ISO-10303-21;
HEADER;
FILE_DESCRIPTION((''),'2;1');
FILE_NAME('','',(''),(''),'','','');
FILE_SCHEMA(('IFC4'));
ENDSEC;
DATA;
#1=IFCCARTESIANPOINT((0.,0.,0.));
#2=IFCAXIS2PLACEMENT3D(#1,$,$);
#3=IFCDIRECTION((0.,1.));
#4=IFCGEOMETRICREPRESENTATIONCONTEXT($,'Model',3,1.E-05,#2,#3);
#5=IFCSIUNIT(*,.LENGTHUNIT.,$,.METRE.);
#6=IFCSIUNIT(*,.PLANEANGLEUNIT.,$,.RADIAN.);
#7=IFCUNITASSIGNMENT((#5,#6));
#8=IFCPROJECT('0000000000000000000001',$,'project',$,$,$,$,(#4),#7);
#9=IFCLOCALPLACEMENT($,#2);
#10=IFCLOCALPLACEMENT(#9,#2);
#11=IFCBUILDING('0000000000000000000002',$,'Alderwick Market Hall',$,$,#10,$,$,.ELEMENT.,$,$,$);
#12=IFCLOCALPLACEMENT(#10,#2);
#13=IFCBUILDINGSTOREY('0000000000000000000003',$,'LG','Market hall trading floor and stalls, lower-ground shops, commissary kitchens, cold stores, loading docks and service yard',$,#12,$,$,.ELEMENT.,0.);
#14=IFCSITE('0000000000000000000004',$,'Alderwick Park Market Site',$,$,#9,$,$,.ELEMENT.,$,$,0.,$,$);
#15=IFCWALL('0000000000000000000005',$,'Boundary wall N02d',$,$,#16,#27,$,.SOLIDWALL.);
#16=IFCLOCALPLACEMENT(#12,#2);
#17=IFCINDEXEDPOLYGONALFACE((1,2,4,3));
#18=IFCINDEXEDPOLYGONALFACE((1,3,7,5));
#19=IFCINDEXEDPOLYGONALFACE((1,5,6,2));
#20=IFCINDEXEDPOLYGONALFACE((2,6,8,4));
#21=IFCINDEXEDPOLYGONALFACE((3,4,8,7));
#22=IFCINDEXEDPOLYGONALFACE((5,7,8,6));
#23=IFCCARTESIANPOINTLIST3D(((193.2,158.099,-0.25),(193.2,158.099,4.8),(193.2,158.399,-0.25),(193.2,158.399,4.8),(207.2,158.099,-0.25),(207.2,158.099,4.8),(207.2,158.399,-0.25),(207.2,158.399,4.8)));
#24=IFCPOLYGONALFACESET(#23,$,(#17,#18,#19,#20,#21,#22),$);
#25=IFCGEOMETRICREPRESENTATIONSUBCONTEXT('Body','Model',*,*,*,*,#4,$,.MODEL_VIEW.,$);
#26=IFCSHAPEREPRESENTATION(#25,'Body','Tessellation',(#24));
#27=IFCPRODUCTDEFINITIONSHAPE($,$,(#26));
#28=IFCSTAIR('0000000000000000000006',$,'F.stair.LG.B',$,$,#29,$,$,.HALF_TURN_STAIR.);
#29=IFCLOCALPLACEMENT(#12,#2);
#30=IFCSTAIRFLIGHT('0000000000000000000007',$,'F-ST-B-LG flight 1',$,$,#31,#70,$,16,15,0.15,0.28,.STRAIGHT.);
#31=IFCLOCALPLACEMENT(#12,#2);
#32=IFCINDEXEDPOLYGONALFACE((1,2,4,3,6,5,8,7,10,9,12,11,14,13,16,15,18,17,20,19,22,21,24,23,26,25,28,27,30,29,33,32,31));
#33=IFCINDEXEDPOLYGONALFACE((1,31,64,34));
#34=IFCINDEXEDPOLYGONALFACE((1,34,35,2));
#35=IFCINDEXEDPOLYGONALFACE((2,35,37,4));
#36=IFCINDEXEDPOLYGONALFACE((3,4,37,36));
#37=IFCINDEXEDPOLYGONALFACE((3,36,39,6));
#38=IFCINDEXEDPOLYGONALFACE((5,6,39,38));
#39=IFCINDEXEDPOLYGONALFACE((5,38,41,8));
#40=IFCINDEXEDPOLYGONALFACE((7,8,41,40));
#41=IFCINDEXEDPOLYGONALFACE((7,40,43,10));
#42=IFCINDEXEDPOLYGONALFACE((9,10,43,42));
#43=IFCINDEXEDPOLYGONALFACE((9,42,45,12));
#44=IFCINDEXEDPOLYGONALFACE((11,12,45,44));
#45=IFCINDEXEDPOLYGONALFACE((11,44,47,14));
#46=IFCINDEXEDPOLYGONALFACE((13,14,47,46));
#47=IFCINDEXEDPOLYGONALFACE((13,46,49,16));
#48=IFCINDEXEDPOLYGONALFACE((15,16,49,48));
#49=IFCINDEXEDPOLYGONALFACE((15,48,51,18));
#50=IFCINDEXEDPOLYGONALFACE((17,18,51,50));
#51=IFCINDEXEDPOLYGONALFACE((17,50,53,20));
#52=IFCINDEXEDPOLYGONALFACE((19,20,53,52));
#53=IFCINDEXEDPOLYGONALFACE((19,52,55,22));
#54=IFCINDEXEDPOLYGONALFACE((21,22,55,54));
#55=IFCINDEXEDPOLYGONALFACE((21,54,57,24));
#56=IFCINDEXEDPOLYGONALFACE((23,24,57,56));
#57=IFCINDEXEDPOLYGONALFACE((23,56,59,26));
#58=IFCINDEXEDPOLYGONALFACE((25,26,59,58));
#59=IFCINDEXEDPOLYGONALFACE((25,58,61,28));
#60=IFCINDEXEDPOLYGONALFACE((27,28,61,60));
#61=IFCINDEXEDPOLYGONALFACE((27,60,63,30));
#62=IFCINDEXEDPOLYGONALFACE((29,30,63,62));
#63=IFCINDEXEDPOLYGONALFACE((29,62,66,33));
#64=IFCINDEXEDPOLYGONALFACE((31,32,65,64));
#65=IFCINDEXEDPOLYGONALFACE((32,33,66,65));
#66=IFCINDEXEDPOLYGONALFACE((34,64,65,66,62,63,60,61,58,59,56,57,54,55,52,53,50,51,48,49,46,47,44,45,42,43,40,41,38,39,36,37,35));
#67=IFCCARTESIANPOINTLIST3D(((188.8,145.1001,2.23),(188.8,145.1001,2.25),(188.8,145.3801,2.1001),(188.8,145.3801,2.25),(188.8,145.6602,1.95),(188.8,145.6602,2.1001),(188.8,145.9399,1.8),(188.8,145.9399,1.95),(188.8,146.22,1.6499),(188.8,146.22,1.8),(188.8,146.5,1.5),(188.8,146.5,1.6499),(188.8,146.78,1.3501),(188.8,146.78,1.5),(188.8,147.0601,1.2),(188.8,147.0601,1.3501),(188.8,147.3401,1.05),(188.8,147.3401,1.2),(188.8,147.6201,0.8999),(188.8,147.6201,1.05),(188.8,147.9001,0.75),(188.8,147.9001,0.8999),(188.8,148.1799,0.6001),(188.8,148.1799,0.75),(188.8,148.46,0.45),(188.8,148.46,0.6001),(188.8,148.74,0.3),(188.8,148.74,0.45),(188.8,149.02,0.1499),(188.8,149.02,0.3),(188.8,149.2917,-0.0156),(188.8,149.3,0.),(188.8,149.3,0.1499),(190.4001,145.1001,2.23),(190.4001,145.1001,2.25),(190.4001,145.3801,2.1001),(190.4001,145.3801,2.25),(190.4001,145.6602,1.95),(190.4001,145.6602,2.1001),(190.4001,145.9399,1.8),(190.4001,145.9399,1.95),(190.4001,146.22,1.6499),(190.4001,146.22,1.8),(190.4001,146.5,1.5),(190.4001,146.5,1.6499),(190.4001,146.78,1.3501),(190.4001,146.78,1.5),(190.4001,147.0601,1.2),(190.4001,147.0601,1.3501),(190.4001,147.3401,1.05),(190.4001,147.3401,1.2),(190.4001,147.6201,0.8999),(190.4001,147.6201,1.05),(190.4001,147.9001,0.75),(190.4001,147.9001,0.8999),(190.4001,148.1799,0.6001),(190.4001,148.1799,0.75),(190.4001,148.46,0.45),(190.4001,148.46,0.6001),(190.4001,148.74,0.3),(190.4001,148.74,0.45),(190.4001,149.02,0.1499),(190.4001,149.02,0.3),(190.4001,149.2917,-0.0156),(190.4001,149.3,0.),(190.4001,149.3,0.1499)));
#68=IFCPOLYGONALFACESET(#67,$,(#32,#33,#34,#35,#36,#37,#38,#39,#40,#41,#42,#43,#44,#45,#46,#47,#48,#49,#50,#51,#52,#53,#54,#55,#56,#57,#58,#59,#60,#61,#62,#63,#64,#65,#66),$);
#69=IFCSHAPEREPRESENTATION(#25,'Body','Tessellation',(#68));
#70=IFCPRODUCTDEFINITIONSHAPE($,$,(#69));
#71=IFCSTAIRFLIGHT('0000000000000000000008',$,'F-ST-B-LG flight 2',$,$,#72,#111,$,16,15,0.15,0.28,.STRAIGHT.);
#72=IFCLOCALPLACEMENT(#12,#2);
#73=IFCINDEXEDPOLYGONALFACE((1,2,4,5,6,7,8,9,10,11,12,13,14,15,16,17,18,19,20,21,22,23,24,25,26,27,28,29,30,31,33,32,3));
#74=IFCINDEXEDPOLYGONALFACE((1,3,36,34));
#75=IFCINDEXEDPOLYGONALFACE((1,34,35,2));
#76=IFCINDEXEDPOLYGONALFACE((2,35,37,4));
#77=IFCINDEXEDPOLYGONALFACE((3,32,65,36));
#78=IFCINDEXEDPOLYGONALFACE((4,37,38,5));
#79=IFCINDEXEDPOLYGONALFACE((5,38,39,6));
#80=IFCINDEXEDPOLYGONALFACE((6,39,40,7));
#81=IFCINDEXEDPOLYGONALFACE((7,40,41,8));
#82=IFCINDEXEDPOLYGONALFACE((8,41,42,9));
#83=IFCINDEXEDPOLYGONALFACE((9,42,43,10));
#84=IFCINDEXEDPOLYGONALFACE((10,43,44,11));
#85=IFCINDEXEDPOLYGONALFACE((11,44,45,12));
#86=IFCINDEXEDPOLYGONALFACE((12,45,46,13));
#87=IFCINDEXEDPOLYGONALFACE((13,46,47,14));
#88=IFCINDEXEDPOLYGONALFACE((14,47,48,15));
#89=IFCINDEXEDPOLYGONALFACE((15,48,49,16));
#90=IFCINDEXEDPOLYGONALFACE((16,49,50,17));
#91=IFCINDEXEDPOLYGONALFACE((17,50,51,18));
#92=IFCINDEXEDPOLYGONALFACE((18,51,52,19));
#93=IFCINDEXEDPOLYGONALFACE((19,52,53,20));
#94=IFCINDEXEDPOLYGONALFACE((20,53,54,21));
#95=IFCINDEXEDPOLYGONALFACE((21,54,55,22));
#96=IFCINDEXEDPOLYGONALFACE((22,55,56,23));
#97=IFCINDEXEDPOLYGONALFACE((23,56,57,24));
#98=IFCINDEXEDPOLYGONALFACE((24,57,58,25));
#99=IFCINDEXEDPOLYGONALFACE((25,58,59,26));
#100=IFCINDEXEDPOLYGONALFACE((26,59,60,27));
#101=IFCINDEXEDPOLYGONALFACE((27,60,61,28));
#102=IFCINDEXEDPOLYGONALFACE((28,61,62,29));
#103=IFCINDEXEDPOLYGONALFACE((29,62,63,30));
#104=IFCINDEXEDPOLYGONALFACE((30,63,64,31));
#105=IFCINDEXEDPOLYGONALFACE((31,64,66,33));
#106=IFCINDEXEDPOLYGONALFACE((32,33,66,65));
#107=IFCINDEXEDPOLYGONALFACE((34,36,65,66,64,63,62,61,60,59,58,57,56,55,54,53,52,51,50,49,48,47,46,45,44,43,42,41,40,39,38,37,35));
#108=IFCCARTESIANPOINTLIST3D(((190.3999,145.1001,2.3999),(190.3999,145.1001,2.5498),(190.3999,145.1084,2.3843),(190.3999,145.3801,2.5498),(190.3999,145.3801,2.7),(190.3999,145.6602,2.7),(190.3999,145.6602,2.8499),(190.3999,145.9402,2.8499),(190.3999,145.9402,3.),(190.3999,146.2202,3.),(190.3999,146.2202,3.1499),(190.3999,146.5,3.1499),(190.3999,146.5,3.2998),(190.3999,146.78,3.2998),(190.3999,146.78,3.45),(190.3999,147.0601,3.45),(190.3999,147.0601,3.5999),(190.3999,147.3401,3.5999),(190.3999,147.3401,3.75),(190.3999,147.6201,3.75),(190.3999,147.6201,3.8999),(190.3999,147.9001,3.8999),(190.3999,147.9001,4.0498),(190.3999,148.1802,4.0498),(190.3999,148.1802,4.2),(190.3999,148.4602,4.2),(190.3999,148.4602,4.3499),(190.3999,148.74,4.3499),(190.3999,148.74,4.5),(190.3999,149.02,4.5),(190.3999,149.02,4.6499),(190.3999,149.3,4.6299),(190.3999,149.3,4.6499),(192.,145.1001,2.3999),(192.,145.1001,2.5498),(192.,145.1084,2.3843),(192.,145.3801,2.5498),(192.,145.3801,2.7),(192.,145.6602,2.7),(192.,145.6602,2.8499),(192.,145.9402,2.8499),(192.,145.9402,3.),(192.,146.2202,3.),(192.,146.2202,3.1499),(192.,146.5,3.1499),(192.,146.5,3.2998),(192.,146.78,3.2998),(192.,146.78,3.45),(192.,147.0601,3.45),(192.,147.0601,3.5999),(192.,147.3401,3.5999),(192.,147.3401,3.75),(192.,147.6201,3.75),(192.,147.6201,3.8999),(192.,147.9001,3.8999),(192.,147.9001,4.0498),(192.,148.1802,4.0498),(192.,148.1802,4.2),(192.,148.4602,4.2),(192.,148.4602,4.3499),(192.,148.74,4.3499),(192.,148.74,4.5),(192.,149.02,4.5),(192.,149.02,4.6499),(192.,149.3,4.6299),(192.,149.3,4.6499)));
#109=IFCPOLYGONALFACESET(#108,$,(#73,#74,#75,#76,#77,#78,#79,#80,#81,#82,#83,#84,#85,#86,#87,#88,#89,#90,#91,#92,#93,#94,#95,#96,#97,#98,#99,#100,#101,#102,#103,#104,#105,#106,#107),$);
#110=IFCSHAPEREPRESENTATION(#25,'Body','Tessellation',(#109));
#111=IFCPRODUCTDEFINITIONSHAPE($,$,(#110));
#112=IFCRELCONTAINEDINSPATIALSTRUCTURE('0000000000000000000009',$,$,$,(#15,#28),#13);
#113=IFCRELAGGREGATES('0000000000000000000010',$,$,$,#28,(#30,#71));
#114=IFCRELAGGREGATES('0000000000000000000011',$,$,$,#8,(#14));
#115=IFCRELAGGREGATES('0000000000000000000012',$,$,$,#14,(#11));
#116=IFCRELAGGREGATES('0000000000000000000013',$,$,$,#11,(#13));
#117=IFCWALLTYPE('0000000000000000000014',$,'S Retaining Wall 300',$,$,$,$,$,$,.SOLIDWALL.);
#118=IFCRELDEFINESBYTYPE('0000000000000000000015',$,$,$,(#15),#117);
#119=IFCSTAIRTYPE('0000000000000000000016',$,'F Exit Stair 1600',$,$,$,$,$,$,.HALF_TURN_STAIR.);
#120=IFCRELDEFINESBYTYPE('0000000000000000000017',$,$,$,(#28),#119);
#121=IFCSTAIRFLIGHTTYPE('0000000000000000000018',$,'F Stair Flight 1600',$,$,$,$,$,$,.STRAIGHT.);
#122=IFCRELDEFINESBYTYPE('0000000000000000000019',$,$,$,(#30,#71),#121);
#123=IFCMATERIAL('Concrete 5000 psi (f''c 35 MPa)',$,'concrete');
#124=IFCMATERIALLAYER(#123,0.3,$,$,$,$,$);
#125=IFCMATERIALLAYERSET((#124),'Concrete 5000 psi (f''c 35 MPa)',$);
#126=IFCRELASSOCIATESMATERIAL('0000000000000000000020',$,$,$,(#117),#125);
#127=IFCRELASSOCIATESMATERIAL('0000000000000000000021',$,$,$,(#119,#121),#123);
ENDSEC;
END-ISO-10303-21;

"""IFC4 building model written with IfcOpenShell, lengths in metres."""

from ifc_helpers import new_model, si_unit, direction, frame, frame_2d, origin, place, context, subcontext, project, spatial, polyline, rectangle, outline, extrude, material, layer, layer_set, type_object, element, aggregate, save


model = new_model("IFC4")

# Units and contexts
model_context = context("Model", 3, precision=1e-05, world=origin(), true_north=direction((0.0, 1.0)))
body_context = subcontext(model_context, "Body", "Model", "MODEL_VIEW")
ifc_project = project(units=[si_unit("LENGTHUNIT", "METRE"), si_unit("PLANEANGLEUNIT", "RADIAN")], contexts=[model_context])

# Site, building, storey
site_placement = place(None, origin())
site = spatial("IfcSite", under=ifc_project, at=site_placement, Name="Alderwick Park Market Site", CompositionType="ELEMENT", RefElevation=0.0)
building_placement = place(site_placement, origin())
building = spatial("IfcBuilding", under=site, at=building_placement, Name="Alderwick Market Hall", CompositionType="ELEMENT")
storey_placement = place(building_placement, origin())
storey = spatial("IfcBuildingStorey", under=building, at=storey_placement, Name="LG", Description="Market hall trading floor and stalls, lower-ground shops, commissary kitchens, cold stores, loading docks and service yard", CompositionType="ELEMENT", Elevation=0.0)

# Shared definitions
ifc_material_1 = material(Name="Concrete 5000 psi (f'c 35 MPa)", Category="concrete")

# Wall
ifc_layer_1 = layer(ifc_material_1, 0.3)
ifc_layer_set_1 = layer_set([ifc_layer_1], Name="Concrete 5000 psi (f'c 35 MPa)")
wall_type_1 = type_object("IfcWallType", Name="S Retaining Wall 300", PredefinedType="SOLIDWALL", material=ifc_layer_set_1)
wall_1_placement = place(storey_placement, frame((193.2, 158.249, -0.25), z_axis=(0.0, 0.0, 1.0), x_axis=(1.0, 0.0, 0.0)))
element("IfcWall", 1, at=wall_1_placement, inside=storey, type_object=wall_type_1, Name="Boundary wall N02d", PredefinedType="SOLIDWALL", context=body_context, shape_type="SweptSolid", body=[
    extrude(rectangle(XDim=14.0, YDim=0.3, at=frame_2d((7.0, 0.0))), origin(), (0.0, 0.0, 1.0), 5.05),
])

# Stair, stair flights
stair_type = type_object("IfcStairType", Name="F Exit Stair 1600", PredefinedType="HALF_TURN_STAIR", material=ifc_material_1)
stair_placement = place(storey_placement, origin())
stair = element("IfcStair", 2, at=stair_placement, inside=storey, type_object=stair_type, Name="F.stair.LG.B", PredefinedType="HALF_TURN_STAIR")
stair_flight_type = type_object("IfcStairFlightType", Name="F Stair Flight 1600", PredefinedType="STRAIGHT", material=ifc_material_1)
stair_flight_1_placement = place(storey_placement, frame((189.6001, 149.3, 0.0), z_axis=(0.0, 0.0, 1.0), x_axis=(0.0, -1.0, 0.0)))
stair_flight_1 = element("IfcStairFlight", 3, at=stair_flight_1_placement, type_object=stair_flight_type, Name="F-ST-B-LG flight 1", NumberOfRisers=16, NumberOfTreads=15, PredefinedType="STRAIGHT", RiserHeight=0.15, TreadLength=0.28, context=body_context, shape_type="SweptSolid", body=[
    extrude(outline(polyline([(0.0083, -0.0156), (0.0, 0.0), (0.0, 0.1499), (0.28, 0.1499), (0.28, 0.3), (0.5601, 0.3), (0.5601, 0.45), (0.8401, 0.45), (0.8401, 0.6001), (1.1201, 0.6001), (1.1201, 0.75), (1.3999, 0.75), (1.3999, 0.8999), (1.6799, 0.8999), (1.6799, 1.05), (1.96, 1.05), (1.96, 1.2), (2.24, 1.2), (2.24, 1.3501), (2.52, 1.3501), (2.52, 1.5), (2.8, 1.5), (2.8, 1.6499), (3.0801, 1.6499), (3.0801, 1.8), (3.3601, 1.8), (3.3601, 1.95), (3.6399, 1.95), (3.6399, 2.1001), (3.9199, 2.1001), (3.9199, 2.25), (4.2, 2.25), (4.2, 2.23), (0.0083, -0.0156)])), frame((0.0, 0.8, 0.0), z_axis=(0.0, -1.0, 0.0), x_axis=(1.0, 0.0, 0.0)), (0.0, 0.0, 1.0), 1.6001),
])
stair_flight_2_placement = place(storey_placement, frame((191.2, 145.1001, 2.3999), z_axis=(0.0, 0.0, 1.0), x_axis=(0.0, 1.0, 0.0)))
stair_flight_2 = element("IfcStairFlight", 4, at=stair_flight_2_placement, type_object=stair_flight_type, Name="F-ST-B-LG flight 2", NumberOfRisers=16, NumberOfTreads=15, PredefinedType="STRAIGHT", RiserHeight=0.15, TreadLength=0.28, context=body_context, shape_type="SweptSolid", body=[
    extrude(outline(polyline([(0.0083, -0.0156), (0.0, 0.0), (0.0, 0.1499), (0.28, 0.1499), (0.28, 0.3), (0.5601, 0.3), (0.5601, 0.45), (0.8401, 0.45), (0.8401, 0.6001), (1.1201, 0.6001), (1.1201, 0.75), (1.3999, 0.75), (1.3999, 0.8999), (1.6799, 0.8999), (1.6799, 1.05), (1.96, 1.05), (1.96, 1.2), (2.24, 1.2), (2.24, 1.3501), (2.52, 1.3501), (2.52, 1.5), (2.8, 1.5), (2.8, 1.6499), (3.0801, 1.6499), (3.0801, 1.8), (3.3601, 1.8), (3.3601, 1.95), (3.6399, 1.95), (3.6399, 2.1001), (3.9199, 2.1001), (3.9199, 2.25), (4.2, 2.25), (4.2, 2.23), (0.0083, -0.0156)])), frame((0.0, 0.8, 0.0), z_axis=(0.0, -1.0, 0.0), x_axis=(1.0, 0.0, 0.0)), (0.0, 0.0, 1.0), 1.6001),
])
aggregate(stair, [stair_flight_1, stair_flight_2])

save(model, "model.ifc")
